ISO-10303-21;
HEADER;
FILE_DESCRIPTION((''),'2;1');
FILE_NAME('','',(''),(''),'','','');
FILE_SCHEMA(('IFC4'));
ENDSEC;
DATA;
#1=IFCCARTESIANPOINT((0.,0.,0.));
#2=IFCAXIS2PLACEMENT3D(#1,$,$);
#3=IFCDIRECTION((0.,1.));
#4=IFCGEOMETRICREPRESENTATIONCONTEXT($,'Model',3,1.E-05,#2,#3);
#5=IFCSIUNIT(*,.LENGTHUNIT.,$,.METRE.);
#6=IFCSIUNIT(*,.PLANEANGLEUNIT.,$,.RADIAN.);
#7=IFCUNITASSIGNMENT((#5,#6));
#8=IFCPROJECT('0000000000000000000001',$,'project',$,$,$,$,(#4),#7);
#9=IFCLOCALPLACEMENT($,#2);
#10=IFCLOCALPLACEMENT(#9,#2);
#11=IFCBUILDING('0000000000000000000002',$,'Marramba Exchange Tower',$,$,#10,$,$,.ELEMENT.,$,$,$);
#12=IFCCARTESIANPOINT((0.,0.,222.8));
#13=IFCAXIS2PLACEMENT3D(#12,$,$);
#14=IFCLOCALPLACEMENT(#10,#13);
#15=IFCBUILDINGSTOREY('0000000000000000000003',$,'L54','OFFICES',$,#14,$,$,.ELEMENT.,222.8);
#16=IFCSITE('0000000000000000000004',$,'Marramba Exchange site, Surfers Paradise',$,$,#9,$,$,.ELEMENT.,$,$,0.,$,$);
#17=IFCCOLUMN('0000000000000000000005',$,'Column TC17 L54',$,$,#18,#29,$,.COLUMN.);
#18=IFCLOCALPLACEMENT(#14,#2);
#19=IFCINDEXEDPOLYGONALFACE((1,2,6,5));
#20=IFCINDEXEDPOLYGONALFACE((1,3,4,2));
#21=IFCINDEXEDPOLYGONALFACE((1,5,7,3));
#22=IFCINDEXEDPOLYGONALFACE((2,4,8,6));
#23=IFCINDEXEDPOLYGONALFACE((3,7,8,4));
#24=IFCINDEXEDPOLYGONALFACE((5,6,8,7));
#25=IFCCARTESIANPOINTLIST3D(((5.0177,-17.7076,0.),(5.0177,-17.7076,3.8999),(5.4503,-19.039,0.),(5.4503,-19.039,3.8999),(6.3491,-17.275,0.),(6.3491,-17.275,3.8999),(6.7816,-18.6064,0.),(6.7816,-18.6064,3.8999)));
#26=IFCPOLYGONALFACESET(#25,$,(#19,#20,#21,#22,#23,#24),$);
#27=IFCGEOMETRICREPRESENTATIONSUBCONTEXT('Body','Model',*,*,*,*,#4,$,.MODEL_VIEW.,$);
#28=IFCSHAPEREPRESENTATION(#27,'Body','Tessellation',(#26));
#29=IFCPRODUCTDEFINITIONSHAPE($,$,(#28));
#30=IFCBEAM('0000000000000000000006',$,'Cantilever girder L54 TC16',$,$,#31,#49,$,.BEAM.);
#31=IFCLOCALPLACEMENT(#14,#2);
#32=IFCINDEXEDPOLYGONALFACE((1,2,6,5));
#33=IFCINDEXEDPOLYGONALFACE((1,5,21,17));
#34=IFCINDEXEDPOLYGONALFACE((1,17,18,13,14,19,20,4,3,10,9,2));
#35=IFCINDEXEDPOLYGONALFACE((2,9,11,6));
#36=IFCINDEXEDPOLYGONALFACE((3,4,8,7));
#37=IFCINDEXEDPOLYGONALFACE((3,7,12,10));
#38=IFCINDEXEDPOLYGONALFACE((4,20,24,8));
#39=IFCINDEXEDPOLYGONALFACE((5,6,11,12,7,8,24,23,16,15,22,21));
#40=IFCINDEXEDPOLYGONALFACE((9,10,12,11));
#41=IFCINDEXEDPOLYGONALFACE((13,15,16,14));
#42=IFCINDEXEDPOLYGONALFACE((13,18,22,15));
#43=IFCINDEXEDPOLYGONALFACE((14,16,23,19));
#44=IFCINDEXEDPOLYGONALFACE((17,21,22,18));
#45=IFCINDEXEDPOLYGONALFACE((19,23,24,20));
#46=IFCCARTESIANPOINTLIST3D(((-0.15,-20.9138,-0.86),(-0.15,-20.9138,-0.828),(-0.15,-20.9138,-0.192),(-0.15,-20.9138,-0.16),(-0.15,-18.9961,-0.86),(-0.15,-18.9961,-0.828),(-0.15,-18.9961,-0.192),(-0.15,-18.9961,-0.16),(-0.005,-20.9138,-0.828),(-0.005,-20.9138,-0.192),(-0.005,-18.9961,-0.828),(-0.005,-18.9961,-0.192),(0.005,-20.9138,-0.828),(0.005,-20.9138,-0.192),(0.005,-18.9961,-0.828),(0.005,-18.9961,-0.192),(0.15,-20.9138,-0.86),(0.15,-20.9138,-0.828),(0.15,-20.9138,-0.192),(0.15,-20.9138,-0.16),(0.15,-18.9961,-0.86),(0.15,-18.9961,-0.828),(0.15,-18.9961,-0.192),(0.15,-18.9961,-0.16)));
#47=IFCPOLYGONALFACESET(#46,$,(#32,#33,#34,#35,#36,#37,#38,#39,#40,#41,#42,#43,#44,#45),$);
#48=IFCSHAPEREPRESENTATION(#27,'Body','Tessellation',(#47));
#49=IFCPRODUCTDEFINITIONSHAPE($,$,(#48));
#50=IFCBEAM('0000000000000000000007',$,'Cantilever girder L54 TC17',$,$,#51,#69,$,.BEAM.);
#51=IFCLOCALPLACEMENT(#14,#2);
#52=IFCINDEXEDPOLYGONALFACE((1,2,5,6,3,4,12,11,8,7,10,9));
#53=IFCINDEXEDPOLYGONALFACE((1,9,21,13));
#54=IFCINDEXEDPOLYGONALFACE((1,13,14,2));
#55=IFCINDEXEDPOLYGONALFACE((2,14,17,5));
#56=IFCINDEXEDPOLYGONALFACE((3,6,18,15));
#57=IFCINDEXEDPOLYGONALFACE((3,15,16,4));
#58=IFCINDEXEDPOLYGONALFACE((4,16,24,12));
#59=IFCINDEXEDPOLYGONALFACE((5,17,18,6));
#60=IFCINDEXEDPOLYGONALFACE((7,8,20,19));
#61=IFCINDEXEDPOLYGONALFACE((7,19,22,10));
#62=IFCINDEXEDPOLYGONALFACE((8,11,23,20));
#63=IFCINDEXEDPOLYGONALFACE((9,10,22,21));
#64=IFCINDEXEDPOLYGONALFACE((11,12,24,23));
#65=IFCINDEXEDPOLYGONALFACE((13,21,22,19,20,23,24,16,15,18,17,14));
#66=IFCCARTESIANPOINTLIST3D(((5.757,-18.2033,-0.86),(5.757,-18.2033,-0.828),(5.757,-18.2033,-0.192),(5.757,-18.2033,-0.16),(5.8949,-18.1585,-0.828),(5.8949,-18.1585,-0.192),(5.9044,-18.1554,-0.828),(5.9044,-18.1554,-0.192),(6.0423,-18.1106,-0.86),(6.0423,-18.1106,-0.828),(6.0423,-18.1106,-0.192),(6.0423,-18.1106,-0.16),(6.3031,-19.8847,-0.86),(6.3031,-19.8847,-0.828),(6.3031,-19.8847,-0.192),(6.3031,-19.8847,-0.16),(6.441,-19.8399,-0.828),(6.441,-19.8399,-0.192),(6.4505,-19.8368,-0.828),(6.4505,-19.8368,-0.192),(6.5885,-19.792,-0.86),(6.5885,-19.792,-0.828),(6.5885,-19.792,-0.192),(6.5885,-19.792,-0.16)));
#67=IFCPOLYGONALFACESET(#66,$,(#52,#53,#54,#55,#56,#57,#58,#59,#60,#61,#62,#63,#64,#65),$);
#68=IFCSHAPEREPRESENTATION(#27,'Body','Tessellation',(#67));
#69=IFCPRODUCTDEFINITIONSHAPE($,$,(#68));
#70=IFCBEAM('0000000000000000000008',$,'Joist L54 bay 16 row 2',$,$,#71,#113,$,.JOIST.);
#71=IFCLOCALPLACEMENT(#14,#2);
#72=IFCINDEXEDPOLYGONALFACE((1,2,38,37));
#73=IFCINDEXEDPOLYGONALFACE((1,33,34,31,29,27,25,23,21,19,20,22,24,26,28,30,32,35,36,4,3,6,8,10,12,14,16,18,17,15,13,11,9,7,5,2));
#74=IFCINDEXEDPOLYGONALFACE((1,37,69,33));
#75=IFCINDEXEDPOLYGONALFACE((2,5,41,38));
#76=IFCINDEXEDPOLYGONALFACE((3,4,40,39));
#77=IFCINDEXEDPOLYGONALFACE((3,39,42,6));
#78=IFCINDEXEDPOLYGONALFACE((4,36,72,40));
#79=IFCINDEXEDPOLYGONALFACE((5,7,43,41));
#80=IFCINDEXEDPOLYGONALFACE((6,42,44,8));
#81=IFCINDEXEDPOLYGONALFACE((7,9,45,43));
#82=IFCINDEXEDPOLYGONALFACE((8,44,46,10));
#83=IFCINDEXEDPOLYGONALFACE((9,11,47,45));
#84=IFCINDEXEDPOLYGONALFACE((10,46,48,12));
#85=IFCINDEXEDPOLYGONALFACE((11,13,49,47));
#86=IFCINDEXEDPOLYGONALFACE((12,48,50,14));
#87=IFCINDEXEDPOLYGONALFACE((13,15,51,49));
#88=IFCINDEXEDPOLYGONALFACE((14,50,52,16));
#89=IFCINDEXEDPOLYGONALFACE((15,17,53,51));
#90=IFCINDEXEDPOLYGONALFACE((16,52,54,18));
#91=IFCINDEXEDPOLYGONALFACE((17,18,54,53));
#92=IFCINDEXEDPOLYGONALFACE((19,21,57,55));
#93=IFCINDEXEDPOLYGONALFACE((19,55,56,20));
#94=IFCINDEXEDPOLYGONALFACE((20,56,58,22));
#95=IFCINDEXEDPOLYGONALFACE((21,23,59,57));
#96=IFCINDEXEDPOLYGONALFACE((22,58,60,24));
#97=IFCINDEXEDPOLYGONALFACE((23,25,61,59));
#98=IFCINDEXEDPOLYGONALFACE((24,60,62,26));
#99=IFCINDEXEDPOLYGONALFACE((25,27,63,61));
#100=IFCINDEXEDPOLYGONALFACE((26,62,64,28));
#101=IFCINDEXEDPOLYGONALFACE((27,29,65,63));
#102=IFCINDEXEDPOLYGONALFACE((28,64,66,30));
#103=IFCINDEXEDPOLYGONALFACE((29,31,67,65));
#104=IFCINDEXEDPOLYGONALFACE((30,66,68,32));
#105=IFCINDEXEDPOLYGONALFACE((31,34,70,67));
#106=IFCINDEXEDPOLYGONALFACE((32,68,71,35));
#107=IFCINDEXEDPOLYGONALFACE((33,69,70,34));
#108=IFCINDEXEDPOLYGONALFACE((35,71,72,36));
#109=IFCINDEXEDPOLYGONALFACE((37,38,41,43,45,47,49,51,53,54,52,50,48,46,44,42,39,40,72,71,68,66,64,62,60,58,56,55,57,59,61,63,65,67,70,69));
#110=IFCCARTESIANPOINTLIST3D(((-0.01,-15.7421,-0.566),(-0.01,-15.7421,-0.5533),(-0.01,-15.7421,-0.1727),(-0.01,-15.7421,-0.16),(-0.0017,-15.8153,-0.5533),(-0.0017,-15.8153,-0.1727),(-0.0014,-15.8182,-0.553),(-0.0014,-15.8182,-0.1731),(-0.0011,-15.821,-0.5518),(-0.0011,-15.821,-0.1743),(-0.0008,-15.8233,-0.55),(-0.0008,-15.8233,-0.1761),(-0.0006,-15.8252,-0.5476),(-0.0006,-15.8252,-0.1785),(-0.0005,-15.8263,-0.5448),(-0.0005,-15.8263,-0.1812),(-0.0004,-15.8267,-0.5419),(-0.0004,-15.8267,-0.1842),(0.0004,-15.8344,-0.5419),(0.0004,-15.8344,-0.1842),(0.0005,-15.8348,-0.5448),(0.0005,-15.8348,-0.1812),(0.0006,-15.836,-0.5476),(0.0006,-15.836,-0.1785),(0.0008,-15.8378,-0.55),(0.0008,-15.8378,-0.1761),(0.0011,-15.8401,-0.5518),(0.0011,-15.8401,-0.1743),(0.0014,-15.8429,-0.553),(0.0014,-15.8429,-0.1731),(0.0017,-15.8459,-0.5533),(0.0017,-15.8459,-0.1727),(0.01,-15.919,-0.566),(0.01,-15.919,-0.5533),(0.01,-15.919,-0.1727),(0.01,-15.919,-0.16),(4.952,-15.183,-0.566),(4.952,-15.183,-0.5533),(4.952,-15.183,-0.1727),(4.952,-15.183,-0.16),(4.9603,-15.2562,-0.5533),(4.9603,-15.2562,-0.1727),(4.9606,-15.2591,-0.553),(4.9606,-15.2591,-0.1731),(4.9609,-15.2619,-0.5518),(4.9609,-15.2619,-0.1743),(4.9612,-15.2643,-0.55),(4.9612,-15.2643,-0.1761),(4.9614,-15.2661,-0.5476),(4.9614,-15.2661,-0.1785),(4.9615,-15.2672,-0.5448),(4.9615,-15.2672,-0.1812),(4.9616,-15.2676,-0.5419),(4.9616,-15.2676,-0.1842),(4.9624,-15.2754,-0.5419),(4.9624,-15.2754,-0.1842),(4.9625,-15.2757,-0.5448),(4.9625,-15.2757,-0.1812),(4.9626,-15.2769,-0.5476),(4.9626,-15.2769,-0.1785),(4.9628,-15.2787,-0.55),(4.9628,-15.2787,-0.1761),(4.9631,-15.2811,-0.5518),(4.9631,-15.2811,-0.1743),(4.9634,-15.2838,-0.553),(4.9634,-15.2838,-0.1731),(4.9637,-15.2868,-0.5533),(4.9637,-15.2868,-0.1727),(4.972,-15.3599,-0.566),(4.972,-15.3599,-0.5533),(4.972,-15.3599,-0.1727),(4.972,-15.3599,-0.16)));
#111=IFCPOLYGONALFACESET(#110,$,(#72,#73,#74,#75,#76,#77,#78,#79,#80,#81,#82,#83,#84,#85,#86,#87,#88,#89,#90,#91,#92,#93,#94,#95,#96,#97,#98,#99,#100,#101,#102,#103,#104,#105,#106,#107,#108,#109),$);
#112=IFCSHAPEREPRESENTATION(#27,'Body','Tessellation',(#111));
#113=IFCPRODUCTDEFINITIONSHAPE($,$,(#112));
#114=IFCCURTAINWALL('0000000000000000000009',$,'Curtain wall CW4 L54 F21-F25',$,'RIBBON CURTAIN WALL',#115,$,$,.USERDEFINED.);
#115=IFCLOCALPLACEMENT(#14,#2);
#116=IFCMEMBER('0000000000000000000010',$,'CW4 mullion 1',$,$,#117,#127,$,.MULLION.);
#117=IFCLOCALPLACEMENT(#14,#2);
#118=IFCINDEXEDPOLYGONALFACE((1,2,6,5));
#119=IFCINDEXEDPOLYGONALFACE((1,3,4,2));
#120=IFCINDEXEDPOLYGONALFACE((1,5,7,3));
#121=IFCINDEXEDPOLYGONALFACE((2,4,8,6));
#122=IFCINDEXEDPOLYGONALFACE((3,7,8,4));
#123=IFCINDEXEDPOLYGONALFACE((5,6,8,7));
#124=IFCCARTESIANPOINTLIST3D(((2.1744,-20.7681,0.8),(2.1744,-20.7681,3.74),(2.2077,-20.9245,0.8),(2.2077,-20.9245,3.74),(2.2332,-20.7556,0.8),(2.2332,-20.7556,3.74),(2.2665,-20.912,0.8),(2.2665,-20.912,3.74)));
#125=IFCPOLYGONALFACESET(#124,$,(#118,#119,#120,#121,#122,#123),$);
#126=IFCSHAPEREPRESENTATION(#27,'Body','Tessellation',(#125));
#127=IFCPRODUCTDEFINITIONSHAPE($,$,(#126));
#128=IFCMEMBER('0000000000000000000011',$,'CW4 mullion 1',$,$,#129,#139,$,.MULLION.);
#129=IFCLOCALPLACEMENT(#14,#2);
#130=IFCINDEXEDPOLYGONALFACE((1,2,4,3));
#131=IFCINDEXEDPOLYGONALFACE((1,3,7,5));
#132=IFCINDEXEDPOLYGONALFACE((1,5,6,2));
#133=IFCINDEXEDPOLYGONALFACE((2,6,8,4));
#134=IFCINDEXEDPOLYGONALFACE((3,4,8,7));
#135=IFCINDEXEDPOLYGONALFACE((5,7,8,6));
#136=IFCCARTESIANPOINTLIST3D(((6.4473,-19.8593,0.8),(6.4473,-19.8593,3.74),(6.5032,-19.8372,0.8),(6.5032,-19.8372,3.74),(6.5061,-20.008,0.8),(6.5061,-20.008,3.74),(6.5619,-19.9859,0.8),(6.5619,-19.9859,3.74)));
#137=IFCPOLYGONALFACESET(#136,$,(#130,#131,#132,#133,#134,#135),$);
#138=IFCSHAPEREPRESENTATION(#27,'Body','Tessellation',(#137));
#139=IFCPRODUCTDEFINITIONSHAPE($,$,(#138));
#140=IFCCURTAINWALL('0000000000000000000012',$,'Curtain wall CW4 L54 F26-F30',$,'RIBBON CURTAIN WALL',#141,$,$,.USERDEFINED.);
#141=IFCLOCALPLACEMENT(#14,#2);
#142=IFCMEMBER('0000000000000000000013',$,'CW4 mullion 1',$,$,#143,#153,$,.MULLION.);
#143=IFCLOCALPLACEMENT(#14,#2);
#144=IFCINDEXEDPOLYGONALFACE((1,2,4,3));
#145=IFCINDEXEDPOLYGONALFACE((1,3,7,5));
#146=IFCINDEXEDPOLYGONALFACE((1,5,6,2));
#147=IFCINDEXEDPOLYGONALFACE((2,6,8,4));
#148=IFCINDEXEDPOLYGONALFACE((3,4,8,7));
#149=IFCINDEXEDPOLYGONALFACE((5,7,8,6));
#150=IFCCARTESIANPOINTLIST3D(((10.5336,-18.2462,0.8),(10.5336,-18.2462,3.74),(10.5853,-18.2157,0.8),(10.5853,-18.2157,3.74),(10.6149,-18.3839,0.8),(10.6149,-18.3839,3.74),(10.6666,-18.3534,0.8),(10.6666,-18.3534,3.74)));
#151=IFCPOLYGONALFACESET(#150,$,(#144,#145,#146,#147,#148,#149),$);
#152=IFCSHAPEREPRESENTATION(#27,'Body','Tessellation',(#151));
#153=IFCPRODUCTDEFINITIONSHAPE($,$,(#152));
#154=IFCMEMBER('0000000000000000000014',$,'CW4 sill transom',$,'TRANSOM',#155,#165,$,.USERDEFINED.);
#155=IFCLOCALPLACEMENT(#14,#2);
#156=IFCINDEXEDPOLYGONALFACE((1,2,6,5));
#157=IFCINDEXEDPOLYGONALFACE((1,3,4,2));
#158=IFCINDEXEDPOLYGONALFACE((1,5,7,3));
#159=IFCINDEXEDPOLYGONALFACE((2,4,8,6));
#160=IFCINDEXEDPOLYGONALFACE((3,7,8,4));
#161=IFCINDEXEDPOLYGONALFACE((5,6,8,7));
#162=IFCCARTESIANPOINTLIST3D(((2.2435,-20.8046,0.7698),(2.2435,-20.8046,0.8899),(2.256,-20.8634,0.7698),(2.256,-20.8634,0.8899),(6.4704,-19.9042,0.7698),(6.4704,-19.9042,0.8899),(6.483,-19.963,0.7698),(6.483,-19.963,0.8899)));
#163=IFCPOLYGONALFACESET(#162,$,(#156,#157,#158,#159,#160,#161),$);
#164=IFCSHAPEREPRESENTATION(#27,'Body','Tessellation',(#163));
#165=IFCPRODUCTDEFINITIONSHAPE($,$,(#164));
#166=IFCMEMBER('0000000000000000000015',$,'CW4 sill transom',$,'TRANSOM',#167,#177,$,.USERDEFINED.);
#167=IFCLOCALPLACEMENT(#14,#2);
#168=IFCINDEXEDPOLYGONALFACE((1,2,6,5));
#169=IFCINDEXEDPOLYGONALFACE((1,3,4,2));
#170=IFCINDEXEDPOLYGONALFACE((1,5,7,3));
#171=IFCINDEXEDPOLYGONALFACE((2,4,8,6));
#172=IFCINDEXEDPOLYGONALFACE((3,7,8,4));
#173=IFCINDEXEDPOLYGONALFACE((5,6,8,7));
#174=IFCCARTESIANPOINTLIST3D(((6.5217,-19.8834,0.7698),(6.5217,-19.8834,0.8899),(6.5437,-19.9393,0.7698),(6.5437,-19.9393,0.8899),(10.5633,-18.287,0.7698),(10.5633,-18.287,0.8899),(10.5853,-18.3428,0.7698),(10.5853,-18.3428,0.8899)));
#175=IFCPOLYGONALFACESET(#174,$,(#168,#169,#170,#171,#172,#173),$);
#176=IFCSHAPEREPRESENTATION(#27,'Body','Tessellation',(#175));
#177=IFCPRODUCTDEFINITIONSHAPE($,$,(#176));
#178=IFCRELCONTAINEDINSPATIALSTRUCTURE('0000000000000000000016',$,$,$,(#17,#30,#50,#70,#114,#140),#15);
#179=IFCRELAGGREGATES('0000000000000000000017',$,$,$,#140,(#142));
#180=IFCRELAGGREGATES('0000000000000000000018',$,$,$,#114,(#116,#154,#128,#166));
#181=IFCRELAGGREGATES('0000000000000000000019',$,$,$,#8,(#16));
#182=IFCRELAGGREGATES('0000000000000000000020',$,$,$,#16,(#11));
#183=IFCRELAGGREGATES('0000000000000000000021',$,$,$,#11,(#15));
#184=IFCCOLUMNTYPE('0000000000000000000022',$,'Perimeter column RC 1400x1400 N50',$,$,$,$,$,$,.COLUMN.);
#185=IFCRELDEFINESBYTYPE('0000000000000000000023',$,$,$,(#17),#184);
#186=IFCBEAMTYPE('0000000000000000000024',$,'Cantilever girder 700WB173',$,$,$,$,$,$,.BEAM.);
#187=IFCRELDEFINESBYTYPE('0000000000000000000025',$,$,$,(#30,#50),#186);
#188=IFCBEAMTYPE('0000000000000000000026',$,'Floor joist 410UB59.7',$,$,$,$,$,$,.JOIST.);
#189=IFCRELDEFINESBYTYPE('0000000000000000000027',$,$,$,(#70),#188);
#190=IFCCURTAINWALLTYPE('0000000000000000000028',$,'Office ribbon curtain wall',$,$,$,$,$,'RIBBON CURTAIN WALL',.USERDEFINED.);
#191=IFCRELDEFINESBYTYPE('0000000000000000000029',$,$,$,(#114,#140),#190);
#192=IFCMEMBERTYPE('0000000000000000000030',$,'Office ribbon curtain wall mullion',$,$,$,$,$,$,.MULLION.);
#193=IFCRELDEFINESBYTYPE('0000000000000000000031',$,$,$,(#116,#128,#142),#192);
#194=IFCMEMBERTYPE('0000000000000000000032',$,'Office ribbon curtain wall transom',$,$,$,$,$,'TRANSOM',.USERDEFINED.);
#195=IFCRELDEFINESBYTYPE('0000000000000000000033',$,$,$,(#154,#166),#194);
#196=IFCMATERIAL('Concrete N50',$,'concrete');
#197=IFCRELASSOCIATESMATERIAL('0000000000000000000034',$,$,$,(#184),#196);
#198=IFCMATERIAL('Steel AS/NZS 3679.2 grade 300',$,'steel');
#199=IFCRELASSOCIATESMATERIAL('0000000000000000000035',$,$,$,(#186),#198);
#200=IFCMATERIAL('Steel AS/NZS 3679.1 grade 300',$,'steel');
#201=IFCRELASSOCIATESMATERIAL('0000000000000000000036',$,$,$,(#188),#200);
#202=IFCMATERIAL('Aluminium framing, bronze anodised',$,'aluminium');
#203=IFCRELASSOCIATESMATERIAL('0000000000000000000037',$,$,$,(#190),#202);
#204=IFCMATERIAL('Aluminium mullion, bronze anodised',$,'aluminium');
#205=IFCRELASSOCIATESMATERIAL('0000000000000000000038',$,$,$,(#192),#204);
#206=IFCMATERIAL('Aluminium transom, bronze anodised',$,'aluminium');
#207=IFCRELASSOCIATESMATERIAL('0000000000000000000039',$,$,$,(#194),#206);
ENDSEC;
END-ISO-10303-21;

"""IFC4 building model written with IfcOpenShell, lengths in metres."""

from ifc_helpers import new_model, si_unit, direction, frame, origin, origin_2d, place, context, subcontext, project, spatial, rectangle, i_section, extrude, material, material_profile, profile_set, type_object, element, aggregate, save


model = new_model("IFC4")

# Units and contexts
model_context = context("Model", 3, precision=1e-05, world=origin(), true_north=direction((0.0, 1.0)))
body_context = subcontext(model_context, "Body", "Model", "MODEL_VIEW")
ifc_project = project(units=[si_unit("LENGTHUNIT", "METRE"), si_unit("PLANEANGLEUNIT", "RADIAN")], contexts=[model_context])

# Site, building, storey
site_placement = place(None, origin())
site = spatial("IfcSite", under=ifc_project, at=site_placement, Name="Marramba Exchange site, Surfers Paradise", CompositionType="ELEMENT", RefElevation=0.0)
building_placement = place(site_placement, origin())
building = spatial("IfcBuilding", under=site, at=building_placement, Name="Marramba Exchange Tower", CompositionType="ELEMENT")
storey_placement = place(building_placement, frame((0.0, 0.0, 222.8)))
storey = spatial("IfcBuildingStorey", under=building, at=storey_placement, Name="L54", Description="OFFICES", CompositionType="ELEMENT", Elevation=222.8)

# Column
ifc_material_1 = material(Name="Concrete N50", Category="concrete")
ifc_material_profile_1 = material_profile(ifc_material_1, rectangle(XDim=1.3999, YDim=1.3999, at=origin_2d()), Name="RC 1400x1400")
ifc_profile_set_1 = profile_set([ifc_material_profile_1], Name="Concrete N50")
column_type = type_object("IfcColumnType", Name="Perimeter column RC 1400x1400 N50", PredefinedType="COLUMN", material=ifc_profile_set_1)
column_placement = place(storey_placement, frame((5.8997, -18.157, 0.0), z_axis=(0.0, 0.0, 1.0), x_axis=(0.309017, -0.951057, 0.0)))
element("IfcColumn", 1, at=column_placement, inside=storey, type_object=column_type, Name="Column TC17 L54", PredefinedType="COLUMN", context=body_context, shape_type="SweptSolid", body=[
    extrude(rectangle(XDim=1.3999, YDim=1.3999, at=origin_2d()), origin(), (0.0, 0.0, 1.0), 3.8999),
])

# Beams
ifc_material_2 = material(Name="Steel AS/NZS 3679.2 grade 300", Category="steel")
ifc_material_profile_2 = material_profile(ifc_material_2, i_section(OverallWidth=0.3, OverallDepth=0.7, WebThickness=0.01, FlangeThickness=0.032, at=origin_2d()), Name="700WB173")
ifc_profile_set_2 = profile_set([ifc_material_profile_2], Name="Steel AS/NZS 3679.2 grade 300")
beam_type_1 = type_object("IfcBeamType", Name="Cantilever girder 700WB173", PredefinedType="BEAM", material=ifc_profile_set_2)
beam_1_placement = place(storey_placement, frame((0.0, -18.9961, -0.51), z_axis=(0.0, -1.0, 0.0), x_axis=(1.0, 0.0, 0.0)))
element("IfcBeam", 2, at=beam_1_placement, inside=storey, type_object=beam_type_1, Name="Cantilever girder L54 TC16", PredefinedType="BEAM", context=body_context, shape_type="SweptSolid", body=[
    extrude(i_section(OverallWidth=0.3, OverallDepth=0.7, WebThickness=0.01, FlangeThickness=0.032, at=origin_2d()), origin(), (0.0, 0.0, 1.0), 1.9177),
])
beam_2_placement = place(storey_placement, frame((5.8997, -18.157, -0.51), z_axis=(0.308927, -0.951086, 0.0), x_axis=(0.951086, 0.308927, 0.0)))
element("IfcBeam", 3, at=beam_2_placement, inside=storey, type_object=beam_type_1, Name="Cantilever girder L54 TC17", PredefinedType="BEAM", context=body_context, shape_type="SweptSolid", body=[
    extrude(i_section(OverallWidth=0.3, OverallDepth=0.7, WebThickness=0.01, FlangeThickness=0.032, at=origin_2d()), origin(), (0.0, 0.0, 1.0), 1.7678),
])
ifc_material_3 = material(Name="Steel AS/NZS 3679.1 grade 300", Category="steel")
ifc_material_profile_3 = material_profile(ifc_material_3, i_section(OverallWidth=0.178, OverallDepth=0.406, WebThickness=0.0078, FlangeThickness=0.0127, FilletRadius=0.0115, at=origin_2d()), Name="410UB59.7")
ifc_profile_set_3 = profile_set([ifc_material_profile_3], Name="Steel AS/NZS 3679.1 grade 300")
beam_type_2 = type_object("IfcBeamType", Name="Floor joist 410UB59.7", PredefinedType="JOIST", material=ifc_profile_set_3)
beam_3_placement = place(storey_placement, frame((0.0, -15.8306, -0.363), z_axis=(0.993712, 0.111966, 0.0), x_axis=(-0.111966, 0.993712, 0.0)))
element("IfcBeam", 4, at=beam_3_placement, inside=storey, type_object=beam_type_2, Name="Joist L54 bay 16 row 2", PredefinedType="JOIST", context=body_context, shape_type="SweptSolid", body=[
    extrude(i_section(OverallWidth=0.178, OverallDepth=0.406, WebThickness=0.0078, FlangeThickness=0.0127, FilletRadius=0.0115, at=origin_2d()), origin(), (0.0, 0.0, 1.0), 4.9934),
])

# Curtain wall, members
ifc_material_4 = material(Name="Aluminium framing, bronze anodised", Category="aluminium")
curtain_wall_type = type_object("IfcCurtainWallType", Name="Office ribbon curtain wall", ElementType="RIBBON CURTAIN WALL", PredefinedType="USERDEFINED", material=ifc_material_4)
curtain_wall_1_placement = place(storey_placement, origin())
curtain_wall_1 = element("IfcCurtainWall", 5, at=curtain_wall_1_placement, inside=storey, type_object=curtain_wall_type, Name="Curtain wall CW4 L54 F21-F25", ObjectType="RIBBON CURTAIN WALL", PredefinedType="USERDEFINED")
ifc_material_5 = material(Name="Aluminium mullion, bronze anodised", Category="aluminium")
ifc_material_profile_4 = material_profile(ifc_material_5, rectangle(XDim=0.1599, YDim=0.0601, at=origin_2d()), Name="CW4 mullion 60x160")
ifc_profile_set_4 = profile_set([ifc_material_profile_4], Name="Aluminium mullion, bronze anodised")
member_type_1 = type_object("IfcMemberType", Name="Office ribbon curtain wall mullion", PredefinedType="MULLION", material=ifc_profile_set_4)
member_1_placement = place(storey_placement, frame((2.2205, -20.8401, 0.8), z_axis=(0.0, 0.0, 1.0), x_axis=(-0.208332, 0.978058, 0.0)))
member_1 = element("IfcMember", 6, at=member_1_placement, type_object=member_type_1, Name="CW4 mullion 1", PredefinedType="MULLION", context=body_context, shape_type="SweptSolid", body=[
    extrude(rectangle(XDim=0.1599, YDim=0.0601, at=origin_2d()), origin(), (0.0, 0.0, 1.0), 2.9399),
])
member_2_placement = place(storey_placement, frame((6.5046, -19.9226, 0.8), z_axis=(0.0, 0.0, 1.0), x_axis=(-0.367375, 0.930073, 0.0)))
member_2 = element("IfcMember", 7, at=member_2_placement, type_object=member_type_1, Name="CW4 mullion 1", PredefinedType="MULLION", context=body_context, shape_type="SweptSolid", body=[
    extrude(rectangle(XDim=0.1599, YDim=0.0601, at=origin_2d()), origin(), (0.0, 0.0, 1.0), 2.9399),
])

# Curtain wall, member
curtain_wall_2_placement = place(storey_placement, origin())
curtain_wall_2 = element("IfcCurtainWall", 8, at=curtain_wall_2_placement, inside=storey, type_object=curtain_wall_type, Name="Curtain wall CW4 L54 F26-F30", ObjectType="RIBBON CURTAIN WALL", PredefinedType="USERDEFINED")
member_3_placement = place(storey_placement, frame((10.6001, -18.2998, 0.8), z_axis=(0.0, 0.0, 1.0), x_axis=(-0.508011, 0.861351, 0.0)))
member_3 = element("IfcMember", 9, at=member_3_placement, type_object=member_type_1, Name="CW4 mullion 1", PredefinedType="MULLION", context=body_context, shape_type="SweptSolid", body=[
    extrude(rectangle(XDim=0.1599, YDim=0.0601, at=origin_2d()), origin(), (0.0, 0.0, 1.0), 2.9399),
])
aggregate(curtain_wall_2, [member_3])

# Members
ifc_material_6 = material(Name="Aluminium transom, bronze anodised", Category="aluminium")
ifc_material_profile_5 = material_profile(ifc_material_6, rectangle(XDim=0.0601, YDim=0.1201, at=origin_2d()), Name="CW4 transom 60x120")
ifc_profile_set_5 = profile_set([ifc_material_profile_5], Name="Aluminium transom, bronze anodised")
member_type_2 = type_object("IfcMemberType", Name="Office ribbon curtain wall transom", ElementType="TRANSOM", PredefinedType="USERDEFINED", material=ifc_profile_set_5)
member_4_placement = place(storey_placement, frame((2.2498, -20.834, 0.8298), z_axis=(0.978058, 0.208333, 0.0), x_axis=(-0.208333, 0.978058, 0.0)))
member_4 = element("IfcMember", 10, at=member_4_placement, type_object=member_type_2, Name="CW4 sill transom", ObjectType="TRANSOM", PredefinedType="USERDEFINED", context=body_context, shape_type="SweptSolid", body=[
    extrude(rectangle(XDim=0.0601, YDim=0.1201, at=origin_2d()), origin(), (0.0, 0.0, 1.0), 4.3218),
])
member_5_placement = place(storey_placement, frame((6.5327, -19.9114, 0.8298), z_axis=(0.930068, 0.367387, 0.0), x_axis=(-0.367387, 0.930068, 0.0)))
member_5 = element("IfcMember", 11, at=member_5_placement, type_object=member_type_2, Name="CW4 sill transom", ObjectType="TRANSOM", PredefinedType="USERDEFINED", context=body_context, shape_type="SweptSolid", body=[
    extrude(rectangle(XDim=0.0601, YDim=0.1201, at=origin_2d()), origin(), (0.0, 0.0, 1.0), 4.3455),
])

aggregate(curtain_wall_1, [member_1, member_4, member_2, member_5])

save(model, "model.ifc")
